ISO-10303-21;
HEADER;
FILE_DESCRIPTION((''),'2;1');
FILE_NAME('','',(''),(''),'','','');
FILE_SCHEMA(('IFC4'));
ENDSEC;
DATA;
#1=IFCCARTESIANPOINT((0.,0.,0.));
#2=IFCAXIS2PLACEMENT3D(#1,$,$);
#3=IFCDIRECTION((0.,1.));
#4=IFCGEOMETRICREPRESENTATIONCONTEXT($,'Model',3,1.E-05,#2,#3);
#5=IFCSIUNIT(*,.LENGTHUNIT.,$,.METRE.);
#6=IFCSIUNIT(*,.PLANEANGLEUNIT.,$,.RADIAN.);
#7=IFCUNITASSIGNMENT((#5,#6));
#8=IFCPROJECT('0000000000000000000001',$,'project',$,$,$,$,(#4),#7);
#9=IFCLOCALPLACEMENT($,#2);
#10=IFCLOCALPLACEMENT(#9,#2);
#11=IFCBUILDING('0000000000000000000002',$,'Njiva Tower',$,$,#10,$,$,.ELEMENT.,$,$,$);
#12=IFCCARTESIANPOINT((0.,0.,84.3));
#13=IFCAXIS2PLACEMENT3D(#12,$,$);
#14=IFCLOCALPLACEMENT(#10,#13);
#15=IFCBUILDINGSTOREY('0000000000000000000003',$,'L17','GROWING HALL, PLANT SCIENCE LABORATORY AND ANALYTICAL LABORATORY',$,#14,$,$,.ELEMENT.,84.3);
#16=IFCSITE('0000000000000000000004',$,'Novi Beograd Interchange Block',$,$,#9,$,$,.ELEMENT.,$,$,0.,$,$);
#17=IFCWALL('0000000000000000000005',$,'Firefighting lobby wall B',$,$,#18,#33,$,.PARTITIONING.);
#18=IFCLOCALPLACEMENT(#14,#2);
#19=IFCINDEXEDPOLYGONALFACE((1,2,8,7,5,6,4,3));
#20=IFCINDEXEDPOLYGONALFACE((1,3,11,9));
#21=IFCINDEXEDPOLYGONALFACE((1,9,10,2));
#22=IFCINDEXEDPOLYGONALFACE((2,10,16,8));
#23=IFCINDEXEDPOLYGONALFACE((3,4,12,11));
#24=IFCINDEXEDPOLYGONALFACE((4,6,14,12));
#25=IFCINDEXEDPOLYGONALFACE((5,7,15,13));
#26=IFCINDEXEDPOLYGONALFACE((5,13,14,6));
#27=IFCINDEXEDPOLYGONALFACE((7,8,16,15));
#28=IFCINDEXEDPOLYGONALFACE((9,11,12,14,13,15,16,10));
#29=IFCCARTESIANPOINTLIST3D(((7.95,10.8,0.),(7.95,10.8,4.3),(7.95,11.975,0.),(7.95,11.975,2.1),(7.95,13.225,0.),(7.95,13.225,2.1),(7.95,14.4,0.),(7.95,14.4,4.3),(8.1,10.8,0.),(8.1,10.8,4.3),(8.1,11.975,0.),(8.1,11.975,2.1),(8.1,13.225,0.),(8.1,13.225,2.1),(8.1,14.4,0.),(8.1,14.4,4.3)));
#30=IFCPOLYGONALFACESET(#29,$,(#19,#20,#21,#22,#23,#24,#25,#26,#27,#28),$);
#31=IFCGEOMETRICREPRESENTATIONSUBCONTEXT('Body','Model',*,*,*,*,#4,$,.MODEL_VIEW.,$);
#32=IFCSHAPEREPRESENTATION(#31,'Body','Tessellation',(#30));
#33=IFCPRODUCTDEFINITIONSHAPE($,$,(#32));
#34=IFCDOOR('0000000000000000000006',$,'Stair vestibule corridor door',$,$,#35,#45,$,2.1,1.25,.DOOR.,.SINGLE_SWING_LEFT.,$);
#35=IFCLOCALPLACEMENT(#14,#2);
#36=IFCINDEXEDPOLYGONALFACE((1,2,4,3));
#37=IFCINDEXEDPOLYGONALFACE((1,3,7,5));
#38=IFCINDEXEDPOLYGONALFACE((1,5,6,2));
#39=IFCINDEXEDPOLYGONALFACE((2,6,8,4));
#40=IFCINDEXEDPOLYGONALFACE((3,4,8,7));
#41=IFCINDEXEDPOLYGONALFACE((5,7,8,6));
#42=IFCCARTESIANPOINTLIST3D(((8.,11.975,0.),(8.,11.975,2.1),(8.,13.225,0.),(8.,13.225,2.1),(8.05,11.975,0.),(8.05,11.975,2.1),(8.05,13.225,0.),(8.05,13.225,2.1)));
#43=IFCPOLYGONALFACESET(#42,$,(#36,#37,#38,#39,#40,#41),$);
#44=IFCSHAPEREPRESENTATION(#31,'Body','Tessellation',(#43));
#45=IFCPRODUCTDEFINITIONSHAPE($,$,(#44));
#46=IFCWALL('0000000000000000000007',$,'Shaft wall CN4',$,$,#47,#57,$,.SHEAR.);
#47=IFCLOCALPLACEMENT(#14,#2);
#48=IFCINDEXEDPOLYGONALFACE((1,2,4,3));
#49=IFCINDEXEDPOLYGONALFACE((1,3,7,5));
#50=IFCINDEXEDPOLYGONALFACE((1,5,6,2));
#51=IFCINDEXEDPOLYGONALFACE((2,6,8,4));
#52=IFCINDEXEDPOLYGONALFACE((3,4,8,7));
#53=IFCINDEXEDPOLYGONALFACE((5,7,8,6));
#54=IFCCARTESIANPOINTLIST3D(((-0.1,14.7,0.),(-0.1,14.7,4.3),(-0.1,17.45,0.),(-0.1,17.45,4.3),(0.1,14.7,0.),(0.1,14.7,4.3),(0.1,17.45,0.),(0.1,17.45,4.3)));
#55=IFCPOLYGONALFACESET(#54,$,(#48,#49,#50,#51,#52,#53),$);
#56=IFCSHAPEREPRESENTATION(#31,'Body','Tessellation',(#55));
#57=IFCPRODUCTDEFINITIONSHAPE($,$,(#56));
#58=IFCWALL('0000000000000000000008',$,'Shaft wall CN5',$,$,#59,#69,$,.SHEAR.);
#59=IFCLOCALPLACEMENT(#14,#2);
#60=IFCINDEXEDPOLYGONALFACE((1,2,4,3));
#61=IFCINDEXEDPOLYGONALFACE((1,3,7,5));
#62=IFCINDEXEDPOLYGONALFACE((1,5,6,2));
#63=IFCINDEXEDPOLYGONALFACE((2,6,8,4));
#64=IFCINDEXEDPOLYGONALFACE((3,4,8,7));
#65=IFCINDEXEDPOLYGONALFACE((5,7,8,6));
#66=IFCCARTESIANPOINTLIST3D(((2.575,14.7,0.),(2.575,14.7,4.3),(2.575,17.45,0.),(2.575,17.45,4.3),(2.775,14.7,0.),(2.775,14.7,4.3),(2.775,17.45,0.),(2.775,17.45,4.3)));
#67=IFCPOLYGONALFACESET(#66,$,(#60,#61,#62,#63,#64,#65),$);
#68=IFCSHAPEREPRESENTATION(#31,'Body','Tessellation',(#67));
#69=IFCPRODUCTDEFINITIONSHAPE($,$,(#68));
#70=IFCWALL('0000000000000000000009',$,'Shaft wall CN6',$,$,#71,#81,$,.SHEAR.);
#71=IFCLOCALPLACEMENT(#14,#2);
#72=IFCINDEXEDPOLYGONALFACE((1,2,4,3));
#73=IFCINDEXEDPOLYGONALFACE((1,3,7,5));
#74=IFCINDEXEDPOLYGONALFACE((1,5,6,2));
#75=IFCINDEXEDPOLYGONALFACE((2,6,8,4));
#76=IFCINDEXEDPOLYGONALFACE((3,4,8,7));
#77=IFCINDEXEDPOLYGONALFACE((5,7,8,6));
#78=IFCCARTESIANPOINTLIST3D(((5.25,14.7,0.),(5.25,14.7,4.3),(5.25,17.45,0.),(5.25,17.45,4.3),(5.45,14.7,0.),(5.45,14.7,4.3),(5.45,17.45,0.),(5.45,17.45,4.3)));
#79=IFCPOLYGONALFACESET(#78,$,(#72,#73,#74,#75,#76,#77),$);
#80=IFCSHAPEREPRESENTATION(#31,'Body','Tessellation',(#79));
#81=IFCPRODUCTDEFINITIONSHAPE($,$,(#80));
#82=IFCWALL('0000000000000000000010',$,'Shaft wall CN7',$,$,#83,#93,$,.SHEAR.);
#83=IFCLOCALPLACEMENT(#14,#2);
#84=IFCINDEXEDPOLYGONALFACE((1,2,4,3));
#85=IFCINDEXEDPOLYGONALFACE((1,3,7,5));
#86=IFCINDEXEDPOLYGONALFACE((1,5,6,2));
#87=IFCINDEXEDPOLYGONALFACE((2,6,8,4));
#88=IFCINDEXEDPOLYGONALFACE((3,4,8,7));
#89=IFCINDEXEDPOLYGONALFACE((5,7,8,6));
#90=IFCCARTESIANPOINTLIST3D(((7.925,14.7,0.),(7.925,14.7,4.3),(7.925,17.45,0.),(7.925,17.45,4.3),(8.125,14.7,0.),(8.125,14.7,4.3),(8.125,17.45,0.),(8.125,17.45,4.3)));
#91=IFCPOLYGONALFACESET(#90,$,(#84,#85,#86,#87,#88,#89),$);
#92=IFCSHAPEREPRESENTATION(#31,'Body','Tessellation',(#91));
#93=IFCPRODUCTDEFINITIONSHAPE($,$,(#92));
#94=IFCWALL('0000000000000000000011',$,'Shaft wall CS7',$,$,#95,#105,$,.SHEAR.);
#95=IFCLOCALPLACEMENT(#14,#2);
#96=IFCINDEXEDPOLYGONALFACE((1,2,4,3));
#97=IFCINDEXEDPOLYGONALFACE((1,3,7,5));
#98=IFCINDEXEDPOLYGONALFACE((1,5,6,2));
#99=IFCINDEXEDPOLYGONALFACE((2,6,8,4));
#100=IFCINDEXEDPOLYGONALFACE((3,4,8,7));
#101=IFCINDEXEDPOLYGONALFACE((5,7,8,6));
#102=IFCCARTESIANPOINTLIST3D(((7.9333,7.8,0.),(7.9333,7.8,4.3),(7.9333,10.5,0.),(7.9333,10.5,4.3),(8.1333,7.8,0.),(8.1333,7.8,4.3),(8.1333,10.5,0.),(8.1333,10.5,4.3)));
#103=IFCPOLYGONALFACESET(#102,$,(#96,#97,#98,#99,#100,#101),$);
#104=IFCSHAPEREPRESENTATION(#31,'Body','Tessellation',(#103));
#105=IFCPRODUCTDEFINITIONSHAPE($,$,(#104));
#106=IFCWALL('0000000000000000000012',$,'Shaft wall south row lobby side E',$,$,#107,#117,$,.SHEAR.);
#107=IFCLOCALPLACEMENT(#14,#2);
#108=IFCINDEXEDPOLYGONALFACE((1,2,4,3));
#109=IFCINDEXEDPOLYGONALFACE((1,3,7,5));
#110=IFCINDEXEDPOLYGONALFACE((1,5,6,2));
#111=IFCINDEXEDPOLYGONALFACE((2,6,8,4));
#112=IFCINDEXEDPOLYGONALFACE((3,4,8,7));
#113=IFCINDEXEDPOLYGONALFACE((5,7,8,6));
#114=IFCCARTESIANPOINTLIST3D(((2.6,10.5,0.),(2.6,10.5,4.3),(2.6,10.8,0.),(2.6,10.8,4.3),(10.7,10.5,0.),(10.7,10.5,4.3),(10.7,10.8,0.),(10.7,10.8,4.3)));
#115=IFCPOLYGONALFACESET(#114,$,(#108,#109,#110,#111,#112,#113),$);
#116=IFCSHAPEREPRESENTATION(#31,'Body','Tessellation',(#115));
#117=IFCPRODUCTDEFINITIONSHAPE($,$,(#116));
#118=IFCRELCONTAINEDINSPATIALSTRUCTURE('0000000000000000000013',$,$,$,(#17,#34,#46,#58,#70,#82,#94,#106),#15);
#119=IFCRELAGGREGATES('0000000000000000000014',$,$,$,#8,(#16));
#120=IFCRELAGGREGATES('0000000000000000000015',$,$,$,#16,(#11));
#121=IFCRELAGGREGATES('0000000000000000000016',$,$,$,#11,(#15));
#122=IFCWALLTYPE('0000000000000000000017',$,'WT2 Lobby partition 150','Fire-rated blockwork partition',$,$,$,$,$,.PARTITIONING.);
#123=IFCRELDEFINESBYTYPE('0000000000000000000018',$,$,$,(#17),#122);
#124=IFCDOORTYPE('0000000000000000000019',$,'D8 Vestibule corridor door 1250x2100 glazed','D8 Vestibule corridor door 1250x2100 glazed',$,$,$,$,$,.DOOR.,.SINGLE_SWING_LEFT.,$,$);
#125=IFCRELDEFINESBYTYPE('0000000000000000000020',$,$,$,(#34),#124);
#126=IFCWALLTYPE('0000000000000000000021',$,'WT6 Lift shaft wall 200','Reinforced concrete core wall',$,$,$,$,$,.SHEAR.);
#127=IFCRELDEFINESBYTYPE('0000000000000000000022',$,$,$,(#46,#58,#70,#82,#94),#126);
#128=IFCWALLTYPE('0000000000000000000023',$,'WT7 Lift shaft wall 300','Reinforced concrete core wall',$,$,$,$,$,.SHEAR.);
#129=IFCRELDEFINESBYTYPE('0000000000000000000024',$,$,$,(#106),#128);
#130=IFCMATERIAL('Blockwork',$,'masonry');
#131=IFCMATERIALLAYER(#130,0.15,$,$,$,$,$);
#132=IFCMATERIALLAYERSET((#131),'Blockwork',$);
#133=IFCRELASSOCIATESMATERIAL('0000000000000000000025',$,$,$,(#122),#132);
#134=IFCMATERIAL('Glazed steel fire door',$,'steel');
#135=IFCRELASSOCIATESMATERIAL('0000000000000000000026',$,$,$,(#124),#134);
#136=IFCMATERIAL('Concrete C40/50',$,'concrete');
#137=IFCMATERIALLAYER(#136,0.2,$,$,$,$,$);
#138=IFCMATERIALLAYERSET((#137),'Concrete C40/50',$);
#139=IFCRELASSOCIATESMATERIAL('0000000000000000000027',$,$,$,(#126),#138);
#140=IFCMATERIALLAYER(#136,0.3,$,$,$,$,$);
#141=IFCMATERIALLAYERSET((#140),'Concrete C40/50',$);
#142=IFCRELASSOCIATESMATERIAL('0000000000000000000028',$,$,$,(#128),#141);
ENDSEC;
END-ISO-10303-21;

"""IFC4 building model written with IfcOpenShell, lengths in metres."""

from ifc_helpers import new_model, si_unit, direction, frame, frame_2d, origin, place, context, subcontext, project, spatial, rectangle, extrude, material, layer, layer_set, type_object, element, fill, save


model = new_model("IFC4")

# Units and contexts
model_context = context("Model", 3, precision=1e-05, world=origin(), true_north=direction((0.0, 1.0)))
body_context = subcontext(model_context, "Body", "Model", "MODEL_VIEW")
ifc_project = project(units=[si_unit("LENGTHUNIT", "METRE"), si_unit("PLANEANGLEUNIT", "RADIAN")], contexts=[model_context])

# Site, building, storey
site_placement = place(None, origin())
site = spatial("IfcSite", under=ifc_project, at=site_placement, Name="Novi Beograd Interchange Block", CompositionType="ELEMENT", RefElevation=0.0)
building_placement = place(site_placement, origin())
building = spatial("IfcBuilding", under=site, at=building_placement, Name="Njiva Tower", CompositionType="ELEMENT")
storey_placement = place(building_placement, frame((0.0, 0.0, 84.3)))
storey = spatial("IfcBuildingStorey", under=building, at=storey_placement, Name="L17", Description="GROWING HALL, PLANT SCIENCE LABORATORY AND ANALYTICAL LABORATORY", CompositionType="ELEMENT", Elevation=84.3)

# Wall, opening, door
ifc_material_1 = material(Name="Concrete C40/50", Category="concrete")
ifc_material_2 = material(Name="Glazed steel fire door", Category="steel")
ifc_material_3 = material(Name="Blockwork", Category="masonry")
ifc_layer_1 = layer(ifc_material_3, 0.15)
ifc_layer_set_1 = layer_set([ifc_layer_1], Name="Blockwork")
wall_type_1 = type_object("IfcWallType", Name="WT2 Lobby partition 150", Description="Fire-rated blockwork partition", PredefinedType="PARTITIONING", material=ifc_layer_set_1)
wall_1_placement = place(storey_placement, frame((8.025, 10.8, 0.0), z_axis=(0.0, 0.0, 1.0), x_axis=(0.0, 1.0, 0.0)))
wall_1 = element("IfcWall", 1, at=wall_1_placement, inside=storey, type_object=wall_type_1, Name="Firefighting lobby wall B", PredefinedType="PARTITIONING", context=body_context, shape_type="SweptSolid", body=[
    extrude(rectangle(XDim=3.6, YDim=0.15, at=frame_2d((1.8, 0.0))), origin(), (0.0, 0.0, 1.0), 4.3),
])
opening_1_placement = place(wall_1_placement, frame((1.175, 0.0, 0.0)))
opening_1 = element("IfcOpeningElement", 2, at=opening_1_placement, cuts=wall_1, PredefinedType="OPENING", context=body_context, shape_type="SweptSolid", body=[
    extrude(rectangle(XDim=1.25, YDim=2.1, at=frame_2d((0.625, 1.05))), frame((0.0, 0.085, 0.0), z_axis=(0.0, -1.0, 0.0), x_axis=(1.0, 0.0, 0.0)), (0.0, 0.0, 1.0), 0.17),
])
door_type_1 = type_object("IfcDoorType", Name="D8 Vestibule corridor door 1250x2100 glazed", Description="D8 Vestibule corridor door 1250x2100 glazed", OperationType="SINGLE_SWING_LEFT", PredefinedType="DOOR", material=ifc_material_2)
door_1_placement = place(opening_1_placement, origin())
door_1 = element("IfcDoor", 3, at=door_1_placement, inside=storey, type_object=door_type_1, Name="Stair vestibule corridor door", OperationType="SINGLE_SWING_LEFT", OverallHeight=2.1, OverallWidth=1.25, PredefinedType="DOOR", context=body_context, shape_type="SweptSolid", body=[
    extrude(rectangle(XDim=1.25, YDim=2.1, at=frame_2d((0.625, 1.05))), frame((0.0, 0.025, 0.0), z_axis=(0.0, -1.0, 0.0), x_axis=(1.0, 0.0, 0.0)), (0.0, 0.0, 1.0), 0.05),
])
fill(opening_1, door_1)

# Walls
ifc_layer_2 = layer(ifc_material_1, 0.2)
ifc_layer_set_2 = layer_set([ifc_layer_2], Name="Concrete C40/50")
wall_type_2 = type_object("IfcWallType", Name="WT6 Lift shaft wall 200", Description="Reinforced concrete core wall", PredefinedType="SHEAR", material=ifc_layer_set_2)
for number, where, z_axis, x_axis, name in (
    (4, (0.0, 14.7, 0.0), (0.0, 0.0, 1.0), (0.0, 1.0, 0.0), "Shaft wall CN4"),
    (5, (2.675, 14.7, 0.0), (0.0, 0.0, 1.0), (0.0, 1.0, 0.0), "Shaft wall CN5"),
    (6, (5.35, 14.7, 0.0), (0.0, 0.0, 1.0), (0.0, 1.0, 0.0), "Shaft wall CN6"),
    (7, (8.025, 14.7, 0.0), (0.0, 0.0, 1.0), (0.0, 1.0, 0.0), "Shaft wall CN7"),
):
    element("IfcWall", number, at=place(storey_placement, frame(where, z_axis=z_axis, x_axis=x_axis)), inside=storey, type_object=wall_type_2, Name=name, PredefinedType="SHEAR", context=body_context, shape_type="SweptSolid", body=[
        extrude(rectangle(XDim=2.75, YDim=0.2, at=frame_2d((1.375, 0.0))), origin(), (0.0, 0.0, 1.0), 4.3),
    ])
wall_2_placement = place(storey_placement, frame((8.0333, 7.8, 0.0), z_axis=(0.0, 0.0, 1.0), x_axis=(0.0, 1.0, 0.0)))
element("IfcWall", 8, at=wall_2_placement, inside=storey, type_object=wall_type_2, Name="Shaft wall CS7", PredefinedType="SHEAR", context=body_context, shape_type="SweptSolid", body=[
    extrude(rectangle(XDim=2.7, YDim=0.2, at=frame_2d((1.35, 0.0))), origin(), (0.0, 0.0, 1.0), 4.3),
])
ifc_layer_3 = layer(ifc_material_1, 0.3)
ifc_layer_set_3 = layer_set([ifc_layer_3], Name="Concrete C40/50")
wall_type_3 = type_object("IfcWallType", Name="WT7 Lift shaft wall 300", Description="Reinforced concrete core wall", PredefinedType="SHEAR", material=ifc_layer_set_3)
wall_3_placement = place(storey_placement, frame((2.6, 10.65, 0.0), z_axis=(0.0, 0.0, 1.0), x_axis=(1.0, 0.0, 0.0)))
element("IfcWall", 9, at=wall_3_placement, inside=storey, type_object=wall_type_3, Name="Shaft wall south row lobby side E", PredefinedType="SHEAR", context=body_context, shape_type="SweptSolid", body=[
    extrude(rectangle(XDim=8.1, YDim=0.3, at=frame_2d((4.05, 0.0))), origin(), (0.0, 0.0, 1.0), 4.3),
])

save(model, "model.ifc")
